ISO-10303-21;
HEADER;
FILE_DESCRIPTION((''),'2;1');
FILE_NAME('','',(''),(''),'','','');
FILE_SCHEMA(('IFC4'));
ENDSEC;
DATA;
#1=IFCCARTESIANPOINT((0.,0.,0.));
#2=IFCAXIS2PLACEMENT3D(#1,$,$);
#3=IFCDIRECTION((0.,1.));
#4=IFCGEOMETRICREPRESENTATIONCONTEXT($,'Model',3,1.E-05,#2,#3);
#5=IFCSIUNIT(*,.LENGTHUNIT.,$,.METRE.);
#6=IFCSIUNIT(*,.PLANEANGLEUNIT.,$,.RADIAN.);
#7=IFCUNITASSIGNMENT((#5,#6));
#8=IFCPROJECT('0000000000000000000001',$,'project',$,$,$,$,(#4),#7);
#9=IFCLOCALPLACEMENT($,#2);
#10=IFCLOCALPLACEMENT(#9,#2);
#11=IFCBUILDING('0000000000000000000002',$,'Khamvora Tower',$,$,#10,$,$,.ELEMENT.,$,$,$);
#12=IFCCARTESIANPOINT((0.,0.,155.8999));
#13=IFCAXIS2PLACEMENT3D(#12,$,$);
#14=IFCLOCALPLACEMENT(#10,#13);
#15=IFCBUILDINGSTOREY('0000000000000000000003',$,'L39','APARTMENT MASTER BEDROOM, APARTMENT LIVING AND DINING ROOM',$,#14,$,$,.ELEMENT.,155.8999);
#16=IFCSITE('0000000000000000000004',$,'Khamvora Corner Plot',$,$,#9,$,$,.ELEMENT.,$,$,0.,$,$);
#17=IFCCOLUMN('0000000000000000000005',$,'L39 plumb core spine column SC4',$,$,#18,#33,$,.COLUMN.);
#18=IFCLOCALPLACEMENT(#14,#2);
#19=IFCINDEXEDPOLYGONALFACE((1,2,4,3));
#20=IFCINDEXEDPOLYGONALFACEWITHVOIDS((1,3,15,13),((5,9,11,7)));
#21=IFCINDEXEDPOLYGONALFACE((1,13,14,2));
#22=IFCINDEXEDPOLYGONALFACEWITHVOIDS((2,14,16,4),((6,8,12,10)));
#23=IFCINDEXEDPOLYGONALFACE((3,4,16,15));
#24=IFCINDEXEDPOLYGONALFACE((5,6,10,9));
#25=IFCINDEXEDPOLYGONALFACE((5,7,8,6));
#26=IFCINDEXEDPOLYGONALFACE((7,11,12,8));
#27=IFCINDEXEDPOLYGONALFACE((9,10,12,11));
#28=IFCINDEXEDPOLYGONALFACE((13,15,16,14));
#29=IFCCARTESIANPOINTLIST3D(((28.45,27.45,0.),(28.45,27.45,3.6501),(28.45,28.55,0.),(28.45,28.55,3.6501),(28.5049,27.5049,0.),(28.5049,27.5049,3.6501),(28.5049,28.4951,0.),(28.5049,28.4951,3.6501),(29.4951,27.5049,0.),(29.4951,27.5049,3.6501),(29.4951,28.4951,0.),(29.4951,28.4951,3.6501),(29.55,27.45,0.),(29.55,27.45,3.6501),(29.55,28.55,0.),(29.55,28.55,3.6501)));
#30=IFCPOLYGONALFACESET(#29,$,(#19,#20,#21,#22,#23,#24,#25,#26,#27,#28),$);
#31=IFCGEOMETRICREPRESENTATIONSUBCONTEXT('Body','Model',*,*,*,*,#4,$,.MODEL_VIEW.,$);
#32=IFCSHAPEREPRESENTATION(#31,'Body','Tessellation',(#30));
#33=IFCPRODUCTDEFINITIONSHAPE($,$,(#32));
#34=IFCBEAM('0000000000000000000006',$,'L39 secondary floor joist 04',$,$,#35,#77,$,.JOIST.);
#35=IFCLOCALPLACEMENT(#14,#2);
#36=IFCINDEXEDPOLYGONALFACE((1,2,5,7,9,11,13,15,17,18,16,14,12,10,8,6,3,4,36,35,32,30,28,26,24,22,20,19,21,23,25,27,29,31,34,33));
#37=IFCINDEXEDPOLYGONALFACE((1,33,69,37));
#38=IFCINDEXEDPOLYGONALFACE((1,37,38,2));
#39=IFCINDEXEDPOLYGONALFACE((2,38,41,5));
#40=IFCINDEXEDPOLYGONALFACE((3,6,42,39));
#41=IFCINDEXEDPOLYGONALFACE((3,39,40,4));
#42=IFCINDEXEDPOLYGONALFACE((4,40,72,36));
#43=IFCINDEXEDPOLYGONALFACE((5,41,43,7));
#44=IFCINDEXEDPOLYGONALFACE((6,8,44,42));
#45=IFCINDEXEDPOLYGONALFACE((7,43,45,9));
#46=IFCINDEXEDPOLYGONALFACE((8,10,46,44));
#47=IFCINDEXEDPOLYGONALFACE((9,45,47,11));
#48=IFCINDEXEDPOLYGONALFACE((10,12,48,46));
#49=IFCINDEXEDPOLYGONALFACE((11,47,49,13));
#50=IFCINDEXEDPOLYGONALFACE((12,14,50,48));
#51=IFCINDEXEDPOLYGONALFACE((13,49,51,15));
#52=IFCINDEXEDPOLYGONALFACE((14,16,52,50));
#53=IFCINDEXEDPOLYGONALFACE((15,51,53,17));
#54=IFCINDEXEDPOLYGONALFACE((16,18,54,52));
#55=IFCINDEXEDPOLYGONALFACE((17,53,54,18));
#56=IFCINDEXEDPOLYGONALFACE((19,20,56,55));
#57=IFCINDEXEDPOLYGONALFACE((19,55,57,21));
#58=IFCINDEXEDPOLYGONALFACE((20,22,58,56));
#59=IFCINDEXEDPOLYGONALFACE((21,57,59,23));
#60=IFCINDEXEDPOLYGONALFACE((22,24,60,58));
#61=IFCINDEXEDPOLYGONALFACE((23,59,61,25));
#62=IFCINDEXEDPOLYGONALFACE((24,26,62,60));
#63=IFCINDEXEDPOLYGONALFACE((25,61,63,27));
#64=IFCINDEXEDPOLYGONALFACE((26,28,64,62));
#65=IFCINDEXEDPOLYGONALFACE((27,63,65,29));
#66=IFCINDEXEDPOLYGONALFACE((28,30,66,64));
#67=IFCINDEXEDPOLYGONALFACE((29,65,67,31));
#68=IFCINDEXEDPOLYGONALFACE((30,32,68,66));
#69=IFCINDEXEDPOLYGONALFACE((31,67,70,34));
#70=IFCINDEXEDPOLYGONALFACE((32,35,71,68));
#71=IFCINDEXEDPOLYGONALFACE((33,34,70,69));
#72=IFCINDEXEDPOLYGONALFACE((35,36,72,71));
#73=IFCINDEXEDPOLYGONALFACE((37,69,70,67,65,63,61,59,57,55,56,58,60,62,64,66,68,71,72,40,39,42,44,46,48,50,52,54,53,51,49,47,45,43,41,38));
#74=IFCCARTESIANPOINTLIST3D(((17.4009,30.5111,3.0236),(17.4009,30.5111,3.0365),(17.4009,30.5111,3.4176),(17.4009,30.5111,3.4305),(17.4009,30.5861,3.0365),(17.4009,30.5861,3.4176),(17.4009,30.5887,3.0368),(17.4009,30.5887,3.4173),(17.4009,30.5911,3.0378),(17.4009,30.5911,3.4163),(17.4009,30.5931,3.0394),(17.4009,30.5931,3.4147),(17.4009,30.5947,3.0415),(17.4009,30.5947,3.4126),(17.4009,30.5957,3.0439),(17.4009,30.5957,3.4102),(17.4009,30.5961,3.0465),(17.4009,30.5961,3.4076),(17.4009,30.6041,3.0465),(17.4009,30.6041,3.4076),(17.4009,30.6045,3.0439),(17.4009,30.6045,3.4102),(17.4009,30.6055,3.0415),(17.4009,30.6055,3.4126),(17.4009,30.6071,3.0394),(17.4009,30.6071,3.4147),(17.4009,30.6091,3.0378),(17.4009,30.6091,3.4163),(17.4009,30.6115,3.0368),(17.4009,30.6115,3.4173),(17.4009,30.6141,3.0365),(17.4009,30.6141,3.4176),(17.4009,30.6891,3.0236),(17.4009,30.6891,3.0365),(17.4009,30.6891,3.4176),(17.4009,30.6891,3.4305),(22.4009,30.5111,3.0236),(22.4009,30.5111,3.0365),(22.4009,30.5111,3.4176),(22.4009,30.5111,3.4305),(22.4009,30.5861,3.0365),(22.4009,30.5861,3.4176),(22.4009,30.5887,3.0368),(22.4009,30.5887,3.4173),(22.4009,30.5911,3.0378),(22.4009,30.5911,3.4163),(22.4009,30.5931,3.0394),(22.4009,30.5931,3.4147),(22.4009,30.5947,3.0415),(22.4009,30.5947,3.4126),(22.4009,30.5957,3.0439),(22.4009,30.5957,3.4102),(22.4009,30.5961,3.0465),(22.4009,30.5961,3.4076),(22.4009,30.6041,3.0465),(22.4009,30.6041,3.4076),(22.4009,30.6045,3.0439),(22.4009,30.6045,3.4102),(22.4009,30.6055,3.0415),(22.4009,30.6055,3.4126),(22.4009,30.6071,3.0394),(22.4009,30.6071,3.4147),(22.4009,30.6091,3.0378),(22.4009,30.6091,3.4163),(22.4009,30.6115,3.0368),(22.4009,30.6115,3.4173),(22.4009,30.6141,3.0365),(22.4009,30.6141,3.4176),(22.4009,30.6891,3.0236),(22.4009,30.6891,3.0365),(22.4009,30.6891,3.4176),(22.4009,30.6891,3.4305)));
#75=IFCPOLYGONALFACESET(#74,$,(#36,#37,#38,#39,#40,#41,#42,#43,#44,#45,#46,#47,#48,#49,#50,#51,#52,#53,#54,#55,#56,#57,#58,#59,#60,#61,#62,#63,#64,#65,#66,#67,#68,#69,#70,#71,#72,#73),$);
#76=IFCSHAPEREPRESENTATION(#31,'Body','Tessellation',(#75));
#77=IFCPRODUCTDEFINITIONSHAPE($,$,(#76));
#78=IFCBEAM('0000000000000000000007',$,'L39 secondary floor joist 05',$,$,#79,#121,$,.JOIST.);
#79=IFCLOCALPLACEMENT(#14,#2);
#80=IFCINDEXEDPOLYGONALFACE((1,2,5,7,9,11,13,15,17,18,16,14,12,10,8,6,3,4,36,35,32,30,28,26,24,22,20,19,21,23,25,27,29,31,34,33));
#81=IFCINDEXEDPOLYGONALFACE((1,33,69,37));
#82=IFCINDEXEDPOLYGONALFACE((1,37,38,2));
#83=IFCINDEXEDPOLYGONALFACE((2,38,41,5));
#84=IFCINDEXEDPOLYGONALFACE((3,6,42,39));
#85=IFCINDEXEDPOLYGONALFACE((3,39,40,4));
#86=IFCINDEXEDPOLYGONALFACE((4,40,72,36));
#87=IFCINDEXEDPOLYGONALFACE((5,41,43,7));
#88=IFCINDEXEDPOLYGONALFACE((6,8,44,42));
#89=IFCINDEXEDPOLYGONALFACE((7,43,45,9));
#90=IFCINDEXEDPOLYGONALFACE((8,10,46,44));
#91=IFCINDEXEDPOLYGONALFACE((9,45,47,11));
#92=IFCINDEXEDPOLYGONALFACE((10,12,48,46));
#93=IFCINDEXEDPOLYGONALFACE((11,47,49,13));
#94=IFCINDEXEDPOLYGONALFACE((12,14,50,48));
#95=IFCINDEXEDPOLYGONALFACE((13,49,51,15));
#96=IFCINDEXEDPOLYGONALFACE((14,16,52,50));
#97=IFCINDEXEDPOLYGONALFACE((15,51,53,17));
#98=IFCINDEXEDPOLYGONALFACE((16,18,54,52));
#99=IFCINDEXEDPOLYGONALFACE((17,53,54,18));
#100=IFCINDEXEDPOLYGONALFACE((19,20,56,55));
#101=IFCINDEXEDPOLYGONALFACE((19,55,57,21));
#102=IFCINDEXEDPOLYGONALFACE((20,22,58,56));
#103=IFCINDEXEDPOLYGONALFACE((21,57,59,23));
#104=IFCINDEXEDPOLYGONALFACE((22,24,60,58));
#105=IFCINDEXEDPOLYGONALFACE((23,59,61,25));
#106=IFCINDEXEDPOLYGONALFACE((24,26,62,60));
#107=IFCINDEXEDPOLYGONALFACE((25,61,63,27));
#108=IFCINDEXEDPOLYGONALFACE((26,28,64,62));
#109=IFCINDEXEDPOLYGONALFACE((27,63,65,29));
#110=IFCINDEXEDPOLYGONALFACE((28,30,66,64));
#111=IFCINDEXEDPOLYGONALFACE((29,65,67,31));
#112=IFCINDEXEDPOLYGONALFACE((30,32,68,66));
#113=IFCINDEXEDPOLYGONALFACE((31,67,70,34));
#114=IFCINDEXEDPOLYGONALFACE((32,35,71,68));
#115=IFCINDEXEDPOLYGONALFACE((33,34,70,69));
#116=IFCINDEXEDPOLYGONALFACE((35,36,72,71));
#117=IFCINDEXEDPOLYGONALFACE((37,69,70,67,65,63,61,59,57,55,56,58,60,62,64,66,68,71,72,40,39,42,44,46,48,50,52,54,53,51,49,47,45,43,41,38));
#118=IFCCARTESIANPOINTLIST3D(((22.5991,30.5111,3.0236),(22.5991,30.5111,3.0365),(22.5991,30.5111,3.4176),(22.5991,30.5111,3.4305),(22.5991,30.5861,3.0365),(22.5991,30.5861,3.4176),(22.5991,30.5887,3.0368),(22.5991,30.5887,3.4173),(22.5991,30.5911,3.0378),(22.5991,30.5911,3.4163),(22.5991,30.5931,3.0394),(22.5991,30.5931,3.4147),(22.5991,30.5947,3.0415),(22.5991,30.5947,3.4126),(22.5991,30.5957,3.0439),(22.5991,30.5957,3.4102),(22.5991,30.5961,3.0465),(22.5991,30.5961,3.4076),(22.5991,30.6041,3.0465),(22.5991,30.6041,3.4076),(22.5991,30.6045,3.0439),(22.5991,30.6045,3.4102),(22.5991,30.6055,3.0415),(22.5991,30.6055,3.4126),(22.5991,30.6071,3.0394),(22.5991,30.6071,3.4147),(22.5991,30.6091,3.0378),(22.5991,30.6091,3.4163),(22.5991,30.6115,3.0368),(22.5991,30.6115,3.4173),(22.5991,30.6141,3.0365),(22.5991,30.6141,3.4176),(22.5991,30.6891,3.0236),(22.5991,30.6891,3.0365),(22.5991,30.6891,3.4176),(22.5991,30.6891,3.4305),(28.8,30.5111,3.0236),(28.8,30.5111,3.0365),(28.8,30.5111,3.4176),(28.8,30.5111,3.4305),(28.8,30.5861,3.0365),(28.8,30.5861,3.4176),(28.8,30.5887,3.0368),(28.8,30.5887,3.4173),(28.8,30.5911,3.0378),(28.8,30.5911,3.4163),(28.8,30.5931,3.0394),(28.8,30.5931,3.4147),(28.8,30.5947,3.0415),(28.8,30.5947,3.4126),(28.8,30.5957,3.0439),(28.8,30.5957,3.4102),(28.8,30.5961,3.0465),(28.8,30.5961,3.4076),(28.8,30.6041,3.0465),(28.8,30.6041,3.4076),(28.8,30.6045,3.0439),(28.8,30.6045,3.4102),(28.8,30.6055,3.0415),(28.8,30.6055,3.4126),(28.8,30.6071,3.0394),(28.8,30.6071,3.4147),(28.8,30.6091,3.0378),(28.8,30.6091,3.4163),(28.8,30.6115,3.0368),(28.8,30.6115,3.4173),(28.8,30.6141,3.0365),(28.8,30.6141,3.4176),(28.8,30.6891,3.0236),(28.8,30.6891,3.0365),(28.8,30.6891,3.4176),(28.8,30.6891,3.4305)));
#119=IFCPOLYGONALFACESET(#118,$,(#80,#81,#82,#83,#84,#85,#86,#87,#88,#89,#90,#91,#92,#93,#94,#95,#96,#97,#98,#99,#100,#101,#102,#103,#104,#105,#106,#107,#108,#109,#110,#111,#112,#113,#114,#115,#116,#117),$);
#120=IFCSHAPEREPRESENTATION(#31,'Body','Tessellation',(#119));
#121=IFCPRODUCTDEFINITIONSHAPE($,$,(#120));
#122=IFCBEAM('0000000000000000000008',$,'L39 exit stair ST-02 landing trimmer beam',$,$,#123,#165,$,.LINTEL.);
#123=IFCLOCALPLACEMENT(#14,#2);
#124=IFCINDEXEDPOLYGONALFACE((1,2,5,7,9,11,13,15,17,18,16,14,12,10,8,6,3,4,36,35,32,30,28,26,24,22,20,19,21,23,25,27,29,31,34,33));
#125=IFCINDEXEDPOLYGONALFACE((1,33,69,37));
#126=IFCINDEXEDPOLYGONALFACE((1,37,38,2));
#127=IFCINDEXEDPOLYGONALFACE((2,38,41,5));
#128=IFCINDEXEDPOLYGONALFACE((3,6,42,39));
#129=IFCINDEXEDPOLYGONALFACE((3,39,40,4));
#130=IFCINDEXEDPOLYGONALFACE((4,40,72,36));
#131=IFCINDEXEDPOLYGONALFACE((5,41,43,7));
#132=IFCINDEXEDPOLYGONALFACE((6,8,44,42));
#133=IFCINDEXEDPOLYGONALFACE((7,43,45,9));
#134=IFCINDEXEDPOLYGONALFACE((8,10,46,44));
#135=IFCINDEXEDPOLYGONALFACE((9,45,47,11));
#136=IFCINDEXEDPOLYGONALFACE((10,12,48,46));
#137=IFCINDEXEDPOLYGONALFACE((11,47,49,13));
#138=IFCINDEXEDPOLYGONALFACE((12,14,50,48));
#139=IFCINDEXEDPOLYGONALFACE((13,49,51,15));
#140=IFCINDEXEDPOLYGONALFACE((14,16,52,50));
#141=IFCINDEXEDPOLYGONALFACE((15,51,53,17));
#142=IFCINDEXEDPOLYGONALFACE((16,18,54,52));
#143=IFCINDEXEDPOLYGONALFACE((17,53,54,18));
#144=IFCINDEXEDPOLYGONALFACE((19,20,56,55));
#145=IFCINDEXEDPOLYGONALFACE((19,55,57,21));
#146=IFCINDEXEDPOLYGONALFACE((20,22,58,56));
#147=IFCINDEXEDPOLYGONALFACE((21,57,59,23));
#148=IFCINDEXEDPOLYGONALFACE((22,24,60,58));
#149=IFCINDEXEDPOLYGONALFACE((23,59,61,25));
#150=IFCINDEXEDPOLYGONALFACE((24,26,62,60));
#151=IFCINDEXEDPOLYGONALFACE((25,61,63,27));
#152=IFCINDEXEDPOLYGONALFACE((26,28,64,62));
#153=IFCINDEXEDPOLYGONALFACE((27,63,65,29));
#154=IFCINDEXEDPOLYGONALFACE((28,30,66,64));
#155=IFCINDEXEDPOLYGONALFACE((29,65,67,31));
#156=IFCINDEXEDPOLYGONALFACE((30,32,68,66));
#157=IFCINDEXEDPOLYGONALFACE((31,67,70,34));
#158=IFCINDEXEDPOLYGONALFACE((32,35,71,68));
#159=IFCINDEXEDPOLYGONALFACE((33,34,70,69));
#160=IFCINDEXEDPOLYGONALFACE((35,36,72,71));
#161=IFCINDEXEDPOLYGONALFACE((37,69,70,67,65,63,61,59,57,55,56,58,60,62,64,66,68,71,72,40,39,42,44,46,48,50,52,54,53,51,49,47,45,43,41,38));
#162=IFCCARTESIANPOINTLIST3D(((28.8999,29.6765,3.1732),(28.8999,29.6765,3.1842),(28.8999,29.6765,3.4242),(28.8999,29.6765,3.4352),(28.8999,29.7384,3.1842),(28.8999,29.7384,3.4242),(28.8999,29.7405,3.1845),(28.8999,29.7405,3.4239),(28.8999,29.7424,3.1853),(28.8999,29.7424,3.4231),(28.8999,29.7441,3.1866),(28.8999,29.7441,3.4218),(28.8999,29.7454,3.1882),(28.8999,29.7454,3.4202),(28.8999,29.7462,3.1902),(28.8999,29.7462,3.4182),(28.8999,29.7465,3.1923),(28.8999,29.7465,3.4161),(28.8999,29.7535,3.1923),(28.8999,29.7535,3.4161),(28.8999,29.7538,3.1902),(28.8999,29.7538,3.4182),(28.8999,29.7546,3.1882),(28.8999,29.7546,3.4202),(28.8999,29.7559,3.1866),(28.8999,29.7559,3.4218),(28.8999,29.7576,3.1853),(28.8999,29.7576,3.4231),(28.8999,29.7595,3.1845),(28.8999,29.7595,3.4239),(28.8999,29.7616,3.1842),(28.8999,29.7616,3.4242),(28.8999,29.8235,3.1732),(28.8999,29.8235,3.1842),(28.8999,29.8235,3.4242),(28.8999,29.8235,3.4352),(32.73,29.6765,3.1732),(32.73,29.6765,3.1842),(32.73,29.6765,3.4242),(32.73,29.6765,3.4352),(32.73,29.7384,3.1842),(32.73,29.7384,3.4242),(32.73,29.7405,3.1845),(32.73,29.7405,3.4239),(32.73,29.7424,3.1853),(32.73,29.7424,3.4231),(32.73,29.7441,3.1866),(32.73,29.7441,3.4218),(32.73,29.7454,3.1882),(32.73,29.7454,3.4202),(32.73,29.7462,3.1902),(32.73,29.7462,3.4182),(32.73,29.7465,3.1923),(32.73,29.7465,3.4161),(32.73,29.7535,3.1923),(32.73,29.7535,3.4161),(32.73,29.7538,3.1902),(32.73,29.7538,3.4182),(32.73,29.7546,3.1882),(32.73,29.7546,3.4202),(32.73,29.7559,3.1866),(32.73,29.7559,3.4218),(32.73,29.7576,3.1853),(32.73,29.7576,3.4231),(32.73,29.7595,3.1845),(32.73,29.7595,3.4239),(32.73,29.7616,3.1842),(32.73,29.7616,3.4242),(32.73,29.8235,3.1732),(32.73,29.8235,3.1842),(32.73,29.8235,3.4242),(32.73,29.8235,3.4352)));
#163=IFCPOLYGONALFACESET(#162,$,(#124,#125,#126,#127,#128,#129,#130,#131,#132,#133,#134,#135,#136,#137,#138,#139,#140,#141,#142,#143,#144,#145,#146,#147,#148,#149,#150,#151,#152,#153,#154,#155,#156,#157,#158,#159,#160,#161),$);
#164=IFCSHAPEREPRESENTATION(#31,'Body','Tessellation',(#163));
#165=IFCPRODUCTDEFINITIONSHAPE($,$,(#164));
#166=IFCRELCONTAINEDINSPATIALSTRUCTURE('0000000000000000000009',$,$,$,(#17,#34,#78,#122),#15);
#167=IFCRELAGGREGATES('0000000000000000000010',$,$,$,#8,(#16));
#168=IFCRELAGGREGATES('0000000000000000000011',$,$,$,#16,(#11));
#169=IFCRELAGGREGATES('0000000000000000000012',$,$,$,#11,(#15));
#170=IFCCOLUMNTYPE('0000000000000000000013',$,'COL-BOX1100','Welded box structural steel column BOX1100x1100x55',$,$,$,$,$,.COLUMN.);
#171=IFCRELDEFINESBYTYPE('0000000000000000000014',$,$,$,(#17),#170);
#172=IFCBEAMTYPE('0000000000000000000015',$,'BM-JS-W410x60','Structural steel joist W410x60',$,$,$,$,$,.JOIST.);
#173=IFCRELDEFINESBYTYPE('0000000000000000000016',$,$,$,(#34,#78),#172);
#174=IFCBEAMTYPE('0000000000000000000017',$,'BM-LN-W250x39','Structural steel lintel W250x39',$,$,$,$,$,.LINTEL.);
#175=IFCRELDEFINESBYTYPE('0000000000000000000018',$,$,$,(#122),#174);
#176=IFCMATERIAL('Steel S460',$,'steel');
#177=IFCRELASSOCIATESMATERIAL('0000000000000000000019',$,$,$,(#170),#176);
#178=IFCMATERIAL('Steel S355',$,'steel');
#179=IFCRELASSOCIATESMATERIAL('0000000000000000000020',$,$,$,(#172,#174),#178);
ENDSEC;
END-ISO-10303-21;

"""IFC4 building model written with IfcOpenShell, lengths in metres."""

from ifc_helpers import new_model, si_unit, direction, frame, origin, origin_2d, place, context, subcontext, project, spatial, hollow_rectangle, i_section, extrude, material, material_profile, profile_set, type_object, element, save


model = new_model("IFC4")

# Units and contexts
model_context = context("Model", 3, precision=1e-05, world=origin(), true_north=direction((0.0, 1.0)))
body_context = subcontext(model_context, "Body", "Model", "MODEL_VIEW")
ifc_project = project(units=[si_unit("LENGTHUNIT", "METRE"), si_unit("PLANEANGLEUNIT", "RADIAN")], contexts=[model_context])

# Site, building, storey
site_placement = place(None, origin())
site = spatial("IfcSite", under=ifc_project, at=site_placement, Name="Khamvora Corner Plot", CompositionType="ELEMENT", RefElevation=0.0)
building_placement = place(site_placement, origin())
building = spatial("IfcBuilding", under=site, at=building_placement, Name="Khamvora Tower", CompositionType="ELEMENT")
storey_placement = place(building_placement, frame((0.0, 0.0, 155.8999)))
storey = spatial("IfcBuildingStorey", under=building, at=storey_placement, Name="L39", Description="APARTMENT MASTER BEDROOM, APARTMENT LIVING AND DINING ROOM", CompositionType="ELEMENT", Elevation=155.8999)

# Column
ifc_material_1 = material(Name="Steel S460", Category="steel")
ifc_material_profile_1 = material_profile(ifc_material_1, hollow_rectangle(XDim=1.1001, YDim=1.1001, WallThickness=0.0549, at=origin_2d()), Name="BOX1100x1100x55")
ifc_profile_set_1 = profile_set([ifc_material_profile_1], Name="Steel S460")
column_type = type_object("IfcColumnType", Name="COL-BOX1100", Description="Welded box structural steel column BOX1100x1100x55", PredefinedType="COLUMN", material=ifc_profile_set_1)
column_placement = place(storey_placement, frame((29.0, 28.0, 0.0), z_axis=(0.0, 0.0, 1.0), x_axis=(1.0, 0.0, 0.0)))
element("IfcColumn", 1, at=column_placement, inside=storey, type_object=column_type, Name="L39 plumb core spine column SC4", PredefinedType="COLUMN", context=body_context, shape_type="SweptSolid", body=[
    extrude(hollow_rectangle(XDim=1.1001, YDim=1.1001, WallThickness=0.0549, at=origin_2d()), origin(), (0.0, 0.0, 1.0), 3.6501),
])

# Beams
ifc_material_2 = material(Name="Steel S355", Category="steel")
ifc_material_profile_2 = material_profile(ifc_material_2, i_section(OverallWidth=0.178, OverallDepth=0.407, WebThickness=0.0081, FlangeThickness=0.0129, FilletRadius=0.01, at=origin_2d()), Name="W410x60")
ifc_profile_set_2 = profile_set([ifc_material_profile_2], Name="Steel S355")
beam_type_1 = type_object("IfcBeamType", Name="BM-JS-W410x60", Description="Structural steel joist W410x60", PredefinedType="JOIST", material=ifc_profile_set_2)
beam_1_placement = place(storey_placement, frame((17.4009, 30.6001, 3.2271), z_axis=(1.0, 0.0, 0.0), x_axis=(0.0, 1.0, 0.0)))
element("IfcBeam", 2, at=beam_1_placement, inside=storey, type_object=beam_type_1, Name="L39 secondary floor joist 04", PredefinedType="JOIST", context=body_context, shape_type="SweptSolid", body=[
    extrude(i_section(OverallWidth=0.178, OverallDepth=0.407, WebThickness=0.0081, FlangeThickness=0.0129, FilletRadius=0.01, at=origin_2d()), origin(), (0.0, 0.0, 1.0), 5.0),
])
beam_2_placement = place(storey_placement, frame((22.5991, 30.6001, 3.2271), z_axis=(1.0, 0.0, 0.0), x_axis=(0.0, 1.0, 0.0)))
element("IfcBeam", 3, at=beam_2_placement, inside=storey, type_object=beam_type_1, Name="L39 secondary floor joist 05", PredefinedType="JOIST", context=body_context, shape_type="SweptSolid", body=[
    extrude(i_section(OverallWidth=0.178, OverallDepth=0.407, WebThickness=0.0081, FlangeThickness=0.0129, FilletRadius=0.01, at=origin_2d()), origin(), (0.0, 0.0, 1.0), 6.2009),
])
ifc_material_profile_3 = material_profile(ifc_material_2, i_section(OverallWidth=0.147, OverallDepth=0.262, WebThickness=0.0071, FlangeThickness=0.011, FilletRadius=0.0081, at=origin_2d()), Name="W250x39")
ifc_profile_set_3 = profile_set([ifc_material_profile_3], Name="Steel S355")
beam_type_2 = type_object("IfcBeamType", Name="BM-LN-W250x39", Description="Structural steel lintel W250x39", PredefinedType="LINTEL", material=ifc_profile_set_3)
beam_3_placement = place(storey_placement, frame((28.8999, 29.75, 3.3042), z_axis=(1.0, 0.0, 0.0), x_axis=(0.0, 1.0, 0.0)))
element("IfcBeam", 4, at=beam_3_placement, inside=storey, type_object=beam_type_2, Name="L39 exit stair ST-02 landing trimmer beam", PredefinedType="LINTEL", context=body_context, shape_type="SweptSolid", body=[
    extrude(i_section(OverallWidth=0.147, OverallDepth=0.262, WebThickness=0.0071, FlangeThickness=0.011, FilletRadius=0.0081, at=origin_2d()), origin(), (0.0, 0.0, 1.0), 3.8301),
])

save(model, "model.ifc")
